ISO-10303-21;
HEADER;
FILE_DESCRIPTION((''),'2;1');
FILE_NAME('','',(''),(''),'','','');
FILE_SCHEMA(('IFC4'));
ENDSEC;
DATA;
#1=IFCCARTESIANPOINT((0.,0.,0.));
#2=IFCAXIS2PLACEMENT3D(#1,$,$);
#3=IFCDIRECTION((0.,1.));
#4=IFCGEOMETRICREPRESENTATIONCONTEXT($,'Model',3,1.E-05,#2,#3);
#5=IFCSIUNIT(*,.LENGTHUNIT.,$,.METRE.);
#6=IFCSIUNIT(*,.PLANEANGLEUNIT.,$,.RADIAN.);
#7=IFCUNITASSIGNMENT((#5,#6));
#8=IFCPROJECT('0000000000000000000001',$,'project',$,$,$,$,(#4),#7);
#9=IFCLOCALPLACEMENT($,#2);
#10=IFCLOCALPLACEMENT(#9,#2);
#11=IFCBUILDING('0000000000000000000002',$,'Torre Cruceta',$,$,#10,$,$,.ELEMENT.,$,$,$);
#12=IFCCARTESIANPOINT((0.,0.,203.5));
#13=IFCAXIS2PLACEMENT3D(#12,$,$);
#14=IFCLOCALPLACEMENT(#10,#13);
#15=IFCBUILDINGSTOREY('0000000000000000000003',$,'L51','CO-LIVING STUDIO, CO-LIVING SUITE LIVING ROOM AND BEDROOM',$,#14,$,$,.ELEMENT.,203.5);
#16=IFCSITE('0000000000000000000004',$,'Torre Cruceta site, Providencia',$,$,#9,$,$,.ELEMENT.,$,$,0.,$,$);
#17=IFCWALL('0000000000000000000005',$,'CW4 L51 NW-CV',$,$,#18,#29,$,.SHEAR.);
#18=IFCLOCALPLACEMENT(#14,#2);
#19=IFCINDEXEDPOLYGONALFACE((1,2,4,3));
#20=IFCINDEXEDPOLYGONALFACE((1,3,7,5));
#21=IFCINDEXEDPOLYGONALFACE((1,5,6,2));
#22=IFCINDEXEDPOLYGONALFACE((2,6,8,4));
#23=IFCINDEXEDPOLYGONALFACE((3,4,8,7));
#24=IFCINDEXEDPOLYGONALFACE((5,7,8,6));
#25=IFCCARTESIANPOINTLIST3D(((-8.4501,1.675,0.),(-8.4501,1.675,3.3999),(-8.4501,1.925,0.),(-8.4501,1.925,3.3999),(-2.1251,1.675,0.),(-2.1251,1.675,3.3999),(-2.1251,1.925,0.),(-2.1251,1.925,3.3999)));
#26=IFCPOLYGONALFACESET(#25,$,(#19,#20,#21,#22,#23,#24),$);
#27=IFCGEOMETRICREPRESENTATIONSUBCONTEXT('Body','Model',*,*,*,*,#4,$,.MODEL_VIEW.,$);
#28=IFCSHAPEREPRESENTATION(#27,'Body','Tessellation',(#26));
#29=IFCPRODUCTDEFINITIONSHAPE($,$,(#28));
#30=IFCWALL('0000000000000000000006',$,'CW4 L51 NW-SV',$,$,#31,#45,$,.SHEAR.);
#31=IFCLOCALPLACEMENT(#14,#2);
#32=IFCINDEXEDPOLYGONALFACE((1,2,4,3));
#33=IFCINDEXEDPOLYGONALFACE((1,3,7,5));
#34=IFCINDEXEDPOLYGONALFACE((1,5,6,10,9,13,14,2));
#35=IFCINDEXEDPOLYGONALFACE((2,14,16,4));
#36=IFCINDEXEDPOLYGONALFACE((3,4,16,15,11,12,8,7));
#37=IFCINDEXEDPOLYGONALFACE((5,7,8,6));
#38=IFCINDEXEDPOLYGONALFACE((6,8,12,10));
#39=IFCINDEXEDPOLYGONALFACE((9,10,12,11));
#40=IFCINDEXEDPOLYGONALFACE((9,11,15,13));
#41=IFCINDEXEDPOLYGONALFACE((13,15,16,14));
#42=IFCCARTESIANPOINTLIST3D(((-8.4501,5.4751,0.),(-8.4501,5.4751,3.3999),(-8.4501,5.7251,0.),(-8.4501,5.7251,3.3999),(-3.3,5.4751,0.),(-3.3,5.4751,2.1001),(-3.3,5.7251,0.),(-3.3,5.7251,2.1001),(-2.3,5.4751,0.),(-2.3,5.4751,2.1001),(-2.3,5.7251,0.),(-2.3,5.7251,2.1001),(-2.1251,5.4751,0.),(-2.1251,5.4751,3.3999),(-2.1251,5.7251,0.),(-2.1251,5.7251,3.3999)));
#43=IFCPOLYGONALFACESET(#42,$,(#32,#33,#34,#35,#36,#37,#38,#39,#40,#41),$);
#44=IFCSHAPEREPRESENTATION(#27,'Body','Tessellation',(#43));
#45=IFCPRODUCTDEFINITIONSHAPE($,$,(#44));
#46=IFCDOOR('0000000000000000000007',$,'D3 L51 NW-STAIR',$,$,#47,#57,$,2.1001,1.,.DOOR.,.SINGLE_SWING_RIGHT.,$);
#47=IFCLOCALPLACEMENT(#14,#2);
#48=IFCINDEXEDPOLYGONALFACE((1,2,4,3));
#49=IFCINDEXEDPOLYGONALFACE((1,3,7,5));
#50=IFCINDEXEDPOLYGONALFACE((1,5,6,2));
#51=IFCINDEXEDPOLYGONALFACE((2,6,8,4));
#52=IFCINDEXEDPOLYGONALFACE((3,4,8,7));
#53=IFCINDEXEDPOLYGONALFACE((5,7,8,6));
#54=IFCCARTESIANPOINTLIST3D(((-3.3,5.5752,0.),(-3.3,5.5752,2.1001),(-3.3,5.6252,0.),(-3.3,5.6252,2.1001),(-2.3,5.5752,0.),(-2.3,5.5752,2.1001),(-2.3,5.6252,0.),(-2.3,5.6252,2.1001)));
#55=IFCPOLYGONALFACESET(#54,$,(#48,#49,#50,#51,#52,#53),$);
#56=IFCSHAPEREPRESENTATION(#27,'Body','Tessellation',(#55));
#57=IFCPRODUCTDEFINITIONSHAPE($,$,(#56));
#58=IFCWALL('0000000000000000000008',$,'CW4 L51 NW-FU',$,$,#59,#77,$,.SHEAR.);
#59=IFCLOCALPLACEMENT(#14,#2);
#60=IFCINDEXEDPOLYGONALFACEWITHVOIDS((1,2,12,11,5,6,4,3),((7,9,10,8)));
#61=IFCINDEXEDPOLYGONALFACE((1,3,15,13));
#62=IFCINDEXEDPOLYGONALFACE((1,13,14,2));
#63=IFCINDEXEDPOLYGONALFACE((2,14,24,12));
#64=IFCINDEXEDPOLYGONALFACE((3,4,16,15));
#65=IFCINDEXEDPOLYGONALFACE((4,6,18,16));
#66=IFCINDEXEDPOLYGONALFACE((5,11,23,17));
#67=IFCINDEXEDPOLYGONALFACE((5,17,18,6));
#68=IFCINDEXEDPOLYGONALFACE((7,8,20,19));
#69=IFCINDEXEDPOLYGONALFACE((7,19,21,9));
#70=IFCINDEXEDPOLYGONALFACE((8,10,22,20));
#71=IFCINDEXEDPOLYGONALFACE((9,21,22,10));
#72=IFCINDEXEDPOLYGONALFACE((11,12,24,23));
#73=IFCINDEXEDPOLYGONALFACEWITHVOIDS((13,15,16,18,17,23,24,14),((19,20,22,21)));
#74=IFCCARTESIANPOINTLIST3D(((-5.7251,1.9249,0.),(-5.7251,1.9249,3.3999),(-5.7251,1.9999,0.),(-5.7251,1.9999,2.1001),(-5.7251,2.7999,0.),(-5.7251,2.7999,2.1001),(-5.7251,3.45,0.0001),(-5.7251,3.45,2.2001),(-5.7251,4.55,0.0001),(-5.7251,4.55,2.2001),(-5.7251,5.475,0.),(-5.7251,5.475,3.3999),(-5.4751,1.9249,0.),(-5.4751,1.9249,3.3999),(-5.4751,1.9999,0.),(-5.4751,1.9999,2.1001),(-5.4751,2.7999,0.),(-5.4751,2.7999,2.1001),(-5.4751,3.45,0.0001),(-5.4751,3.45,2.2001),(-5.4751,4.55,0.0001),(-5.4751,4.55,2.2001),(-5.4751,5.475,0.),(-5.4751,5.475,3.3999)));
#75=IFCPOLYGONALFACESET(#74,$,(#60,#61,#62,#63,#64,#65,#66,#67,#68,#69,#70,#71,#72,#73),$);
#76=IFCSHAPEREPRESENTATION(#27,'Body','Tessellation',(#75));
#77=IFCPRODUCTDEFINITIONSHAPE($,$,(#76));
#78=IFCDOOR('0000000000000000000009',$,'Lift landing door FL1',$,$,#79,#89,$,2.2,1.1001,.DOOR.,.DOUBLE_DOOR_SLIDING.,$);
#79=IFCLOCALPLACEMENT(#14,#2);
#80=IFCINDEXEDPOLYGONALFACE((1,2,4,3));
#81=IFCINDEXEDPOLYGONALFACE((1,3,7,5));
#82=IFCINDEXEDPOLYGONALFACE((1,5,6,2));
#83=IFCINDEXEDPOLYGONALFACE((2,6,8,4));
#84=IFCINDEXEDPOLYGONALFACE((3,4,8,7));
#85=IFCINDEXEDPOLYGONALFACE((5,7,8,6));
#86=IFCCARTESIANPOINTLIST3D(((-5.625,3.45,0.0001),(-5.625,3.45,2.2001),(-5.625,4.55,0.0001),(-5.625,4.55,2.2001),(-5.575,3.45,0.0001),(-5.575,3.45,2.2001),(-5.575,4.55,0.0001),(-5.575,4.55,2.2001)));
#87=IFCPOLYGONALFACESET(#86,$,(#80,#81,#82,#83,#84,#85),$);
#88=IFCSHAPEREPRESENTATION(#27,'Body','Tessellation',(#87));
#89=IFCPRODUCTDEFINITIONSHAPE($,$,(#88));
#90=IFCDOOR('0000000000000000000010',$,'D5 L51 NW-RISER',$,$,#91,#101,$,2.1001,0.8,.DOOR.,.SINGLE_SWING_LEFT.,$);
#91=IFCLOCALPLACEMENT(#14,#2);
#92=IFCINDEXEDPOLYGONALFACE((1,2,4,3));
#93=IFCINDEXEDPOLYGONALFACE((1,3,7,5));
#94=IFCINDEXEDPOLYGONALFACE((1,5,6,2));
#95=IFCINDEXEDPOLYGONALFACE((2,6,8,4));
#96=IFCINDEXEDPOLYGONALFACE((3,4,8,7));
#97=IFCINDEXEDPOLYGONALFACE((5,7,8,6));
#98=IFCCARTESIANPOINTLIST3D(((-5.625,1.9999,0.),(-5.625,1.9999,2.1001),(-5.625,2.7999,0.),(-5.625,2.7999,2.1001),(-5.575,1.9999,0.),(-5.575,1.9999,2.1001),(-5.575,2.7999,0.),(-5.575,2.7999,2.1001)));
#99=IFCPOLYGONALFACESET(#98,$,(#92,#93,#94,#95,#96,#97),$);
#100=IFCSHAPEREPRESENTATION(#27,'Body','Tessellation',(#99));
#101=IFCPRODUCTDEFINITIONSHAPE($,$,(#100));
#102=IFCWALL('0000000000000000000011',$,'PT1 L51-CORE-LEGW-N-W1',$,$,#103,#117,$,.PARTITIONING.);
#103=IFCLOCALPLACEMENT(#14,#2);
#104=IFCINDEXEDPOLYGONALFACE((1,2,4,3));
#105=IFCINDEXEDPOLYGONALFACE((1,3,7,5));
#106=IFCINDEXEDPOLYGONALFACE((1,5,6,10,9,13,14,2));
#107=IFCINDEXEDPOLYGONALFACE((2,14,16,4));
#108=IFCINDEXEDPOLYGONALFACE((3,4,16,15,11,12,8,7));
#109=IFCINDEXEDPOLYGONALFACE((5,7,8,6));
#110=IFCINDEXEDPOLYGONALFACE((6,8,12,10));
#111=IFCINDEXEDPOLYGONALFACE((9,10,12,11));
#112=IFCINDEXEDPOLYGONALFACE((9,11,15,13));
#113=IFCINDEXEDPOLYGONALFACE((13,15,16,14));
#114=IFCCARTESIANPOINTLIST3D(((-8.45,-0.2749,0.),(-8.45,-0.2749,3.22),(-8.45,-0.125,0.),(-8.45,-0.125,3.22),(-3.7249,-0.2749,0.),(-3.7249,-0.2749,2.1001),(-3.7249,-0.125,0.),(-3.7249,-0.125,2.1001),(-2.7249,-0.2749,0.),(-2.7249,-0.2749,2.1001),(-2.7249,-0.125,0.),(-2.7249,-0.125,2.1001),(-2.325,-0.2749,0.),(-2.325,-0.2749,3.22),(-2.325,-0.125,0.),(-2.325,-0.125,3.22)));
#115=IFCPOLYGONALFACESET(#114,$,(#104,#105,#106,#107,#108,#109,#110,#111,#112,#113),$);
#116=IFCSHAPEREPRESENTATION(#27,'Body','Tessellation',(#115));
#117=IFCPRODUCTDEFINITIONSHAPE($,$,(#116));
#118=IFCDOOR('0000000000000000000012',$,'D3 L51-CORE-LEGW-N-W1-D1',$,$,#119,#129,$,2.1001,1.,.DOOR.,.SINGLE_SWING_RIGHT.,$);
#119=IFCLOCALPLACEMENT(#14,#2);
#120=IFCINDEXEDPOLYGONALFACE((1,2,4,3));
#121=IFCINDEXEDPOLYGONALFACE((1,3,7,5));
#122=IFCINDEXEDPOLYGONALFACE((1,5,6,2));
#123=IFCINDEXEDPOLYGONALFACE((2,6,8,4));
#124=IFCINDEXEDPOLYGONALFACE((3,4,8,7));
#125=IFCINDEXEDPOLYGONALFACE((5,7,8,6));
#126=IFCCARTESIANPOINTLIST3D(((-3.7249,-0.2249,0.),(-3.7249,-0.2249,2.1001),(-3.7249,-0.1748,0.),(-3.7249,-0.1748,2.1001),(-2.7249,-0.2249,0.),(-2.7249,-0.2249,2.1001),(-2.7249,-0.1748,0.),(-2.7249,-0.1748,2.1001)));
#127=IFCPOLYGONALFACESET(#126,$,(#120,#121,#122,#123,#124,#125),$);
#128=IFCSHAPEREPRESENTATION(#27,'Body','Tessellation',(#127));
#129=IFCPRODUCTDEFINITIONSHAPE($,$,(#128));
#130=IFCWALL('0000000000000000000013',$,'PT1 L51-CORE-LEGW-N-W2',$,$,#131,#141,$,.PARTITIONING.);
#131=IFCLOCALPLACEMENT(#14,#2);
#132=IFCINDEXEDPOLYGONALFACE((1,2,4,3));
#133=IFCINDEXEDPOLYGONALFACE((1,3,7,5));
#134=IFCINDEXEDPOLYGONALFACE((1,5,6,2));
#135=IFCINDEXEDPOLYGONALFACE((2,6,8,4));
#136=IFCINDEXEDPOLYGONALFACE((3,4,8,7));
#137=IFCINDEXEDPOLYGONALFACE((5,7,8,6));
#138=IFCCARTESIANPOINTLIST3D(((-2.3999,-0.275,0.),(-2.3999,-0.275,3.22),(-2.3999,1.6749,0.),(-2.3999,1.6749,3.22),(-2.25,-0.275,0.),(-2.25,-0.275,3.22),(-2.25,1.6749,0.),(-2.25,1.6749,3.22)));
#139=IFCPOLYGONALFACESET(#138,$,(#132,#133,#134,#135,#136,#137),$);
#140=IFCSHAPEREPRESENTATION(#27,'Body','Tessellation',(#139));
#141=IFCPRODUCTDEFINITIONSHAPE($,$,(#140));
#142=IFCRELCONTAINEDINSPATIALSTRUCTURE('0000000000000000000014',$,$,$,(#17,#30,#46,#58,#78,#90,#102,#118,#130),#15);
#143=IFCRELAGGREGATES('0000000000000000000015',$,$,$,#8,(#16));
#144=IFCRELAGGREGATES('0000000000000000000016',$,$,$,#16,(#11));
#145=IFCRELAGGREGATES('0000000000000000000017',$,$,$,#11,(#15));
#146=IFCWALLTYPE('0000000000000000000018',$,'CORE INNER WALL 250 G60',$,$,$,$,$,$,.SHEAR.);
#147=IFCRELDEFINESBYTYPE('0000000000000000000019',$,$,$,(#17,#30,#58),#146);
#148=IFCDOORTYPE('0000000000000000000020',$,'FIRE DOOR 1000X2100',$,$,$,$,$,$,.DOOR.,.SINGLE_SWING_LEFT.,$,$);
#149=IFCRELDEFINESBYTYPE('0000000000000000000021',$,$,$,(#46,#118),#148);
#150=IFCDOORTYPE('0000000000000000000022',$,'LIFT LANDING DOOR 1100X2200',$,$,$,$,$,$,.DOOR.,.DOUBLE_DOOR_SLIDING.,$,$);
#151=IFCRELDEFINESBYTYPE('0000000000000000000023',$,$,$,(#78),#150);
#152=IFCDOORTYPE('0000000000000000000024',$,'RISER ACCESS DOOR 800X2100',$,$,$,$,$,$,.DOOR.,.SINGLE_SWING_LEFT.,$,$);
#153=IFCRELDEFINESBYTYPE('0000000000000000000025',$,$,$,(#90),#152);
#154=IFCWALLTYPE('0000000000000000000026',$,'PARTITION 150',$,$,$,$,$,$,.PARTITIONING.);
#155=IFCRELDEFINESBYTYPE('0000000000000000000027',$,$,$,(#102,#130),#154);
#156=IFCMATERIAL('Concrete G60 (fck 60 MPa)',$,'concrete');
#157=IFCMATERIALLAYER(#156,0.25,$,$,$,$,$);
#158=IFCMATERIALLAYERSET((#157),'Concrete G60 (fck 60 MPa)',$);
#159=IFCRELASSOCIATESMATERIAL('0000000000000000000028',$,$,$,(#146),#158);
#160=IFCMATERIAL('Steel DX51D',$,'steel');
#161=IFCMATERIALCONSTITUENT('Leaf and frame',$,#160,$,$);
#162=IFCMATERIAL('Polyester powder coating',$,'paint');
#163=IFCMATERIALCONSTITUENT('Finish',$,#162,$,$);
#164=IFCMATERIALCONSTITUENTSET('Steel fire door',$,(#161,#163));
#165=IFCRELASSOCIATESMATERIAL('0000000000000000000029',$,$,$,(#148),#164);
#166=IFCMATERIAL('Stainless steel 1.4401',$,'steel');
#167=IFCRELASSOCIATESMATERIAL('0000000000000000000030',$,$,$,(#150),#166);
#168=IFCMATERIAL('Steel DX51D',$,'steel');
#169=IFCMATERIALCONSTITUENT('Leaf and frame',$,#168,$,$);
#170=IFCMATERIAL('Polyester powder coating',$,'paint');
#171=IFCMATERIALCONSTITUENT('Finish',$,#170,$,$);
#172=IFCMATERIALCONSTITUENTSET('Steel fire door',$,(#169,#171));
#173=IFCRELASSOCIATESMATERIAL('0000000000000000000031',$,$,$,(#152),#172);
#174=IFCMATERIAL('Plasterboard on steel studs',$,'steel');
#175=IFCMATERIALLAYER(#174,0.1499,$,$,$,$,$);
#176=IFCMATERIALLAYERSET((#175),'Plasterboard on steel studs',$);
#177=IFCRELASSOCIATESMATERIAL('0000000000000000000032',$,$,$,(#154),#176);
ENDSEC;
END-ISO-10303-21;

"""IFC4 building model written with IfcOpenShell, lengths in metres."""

from ifc_helpers import new_model, si_unit, direction, frame, frame_2d, origin, place, context, subcontext, project, spatial, rectangle, extrude, material, layer, layer_set, constituent, constituent_set, type_object, element, fill, save


model = new_model("IFC4")

# Units and contexts
model_context = context("Model", 3, precision=1e-05, world=origin(), true_north=direction((0.0, 1.0)))
body_context = subcontext(model_context, "Body", "Model", "MODEL_VIEW")
ifc_project = project(units=[si_unit("LENGTHUNIT", "METRE"), si_unit("PLANEANGLEUNIT", "RADIAN")], contexts=[model_context])

# Site, building, storey
site_placement = place(None, origin())
site = spatial("IfcSite", under=ifc_project, at=site_placement, Name="Torre Cruceta site, Providencia", CompositionType="ELEMENT", RefElevation=0.0)
building_placement = place(site_placement, origin())
building = spatial("IfcBuilding", under=site, at=building_placement, Name="Torre Cruceta", CompositionType="ELEMENT")
storey_placement = place(building_placement, frame((0.0, 0.0, 203.5)))
storey = spatial("IfcBuildingStorey", under=building, at=storey_placement, Name="L51", Description="CO-LIVING STUDIO, CO-LIVING SUITE LIVING ROOM AND BEDROOM", CompositionType="ELEMENT", Elevation=203.5)

# Shared definitions
ifc_material_1 = material(Name="Concrete G60 (fck 60 MPa)", Category="concrete")
ifc_layer_1 = layer(ifc_material_1, 0.25)
ifc_layer_set_1 = layer_set([ifc_layer_1], Name="Concrete G60 (fck 60 MPa)")
wall_type_1 = type_object("IfcWallType", Name="CORE INNER WALL 250 G60", PredefinedType="SHEAR", material=ifc_layer_set_1)
ifc_material_2 = material(Name="Steel DX51D", Category="steel")
ifc_constituent_1 = constituent(ifc_material_2, Name="Leaf and frame")
ifc_material_3 = material(Name="Polyester powder coating", Category="paint")
ifc_constituent_2 = constituent(ifc_material_3, Name="Finish")
ifc_constituent_set_1 = constituent_set(constituents=[ifc_constituent_1, ifc_constituent_2], Name="Steel fire door")
door_type_1 = type_object("IfcDoorType", Name="FIRE DOOR 1000X2100", OperationType="SINGLE_SWING_LEFT", PredefinedType="DOOR", material=ifc_constituent_set_1)

# Wall
wall_1_placement = place(storey_placement, frame((-2.125, 1.8, 0.0), z_axis=(0.0, 0.0, 1.0), x_axis=(-1.0, 0.0, 0.0)))
element("IfcWall", 1, at=wall_1_placement, inside=storey, type_object=wall_type_1, Name="CW4 L51 NW-CV", PredefinedType="SHEAR", context=body_context, shape_type="SweptSolid", body=[
    extrude(rectangle(XDim=6.325, YDim=0.25, at=frame_2d((3.1626, 0.0))), origin(), (0.0, 0.0, 1.0), 3.3999),
])

# Wall, opening, door
wall_2_placement = place(storey_placement, frame((-2.125, 5.6001, 0.0), z_axis=(0.0, 0.0, 1.0), x_axis=(-1.0, 0.0, 0.0)))
wall_2 = element("IfcWall", 2, at=wall_2_placement, inside=storey, type_object=wall_type_1, Name="CW4 L51 NW-SV", PredefinedType="SHEAR", context=body_context, shape_type="SweptSolid", body=[
    extrude(rectangle(XDim=6.325, YDim=0.25, at=frame_2d((3.1626, 0.0))), origin(), (0.0, 0.0, 1.0), 3.3999),
])
opening_1_placement = place(wall_2_placement, frame((0.175, 0.0, 0.0)))
opening_1 = element("IfcOpeningElement", 3, at=opening_1_placement, cuts=wall_2, PredefinedType="OPENING", context=body_context, shape_type="SweptSolid", body=[
    extrude(rectangle(XDim=1.0, YDim=2.1001, at=frame_2d((0.5, 1.05))), frame((0.0, 0.135, 0.0), z_axis=(0.0, -1.0, 0.0), x_axis=(1.0, 0.0, 0.0)), (0.0, 0.0, 1.0), 0.27),
])
door_1_placement = place(opening_1_placement, frame((1.0, 0.0, 0.0), z_axis=(0.0, 0.0, 1.0), x_axis=(-1.0, 0.0, 0.0)))
door_1 = element("IfcDoor", 4, at=door_1_placement, inside=storey, type_object=door_type_1, Name="D3 L51 NW-STAIR", OperationType="SINGLE_SWING_RIGHT", OverallHeight=2.1001, OverallWidth=1.0, PredefinedType="DOOR", context=body_context, shape_type="SweptSolid", body=[
    extrude(rectangle(XDim=1.0, YDim=2.1001, at=frame_2d((0.5, 1.05))), frame((0.0, 0.0251, 0.0), z_axis=(0.0, -1.0, 0.0), x_axis=(1.0, 0.0, 0.0)), (0.0, 0.0, 1.0), 0.05),
])
fill(opening_1, door_1)

# Wall, openings, doors
wall_3_placement = place(storey_placement, frame((-5.6001, 1.925, 0.0), z_axis=(0.0, 0.0, 1.0), x_axis=(0.0, 1.0, 0.0)))
wall_3 = element("IfcWall", 5, at=wall_3_placement, inside=storey, type_object=wall_type_1, Name="CW4 L51 NW-FU", PredefinedType="SHEAR", context=body_context, shape_type="SweptSolid", body=[
    extrude(rectangle(XDim=3.55, YDim=0.25, at=frame_2d((1.7749, 0.0))), origin(), (0.0, 0.0, 1.0), 3.3999),
])
opening_2_placement = place(wall_3_placement, frame((1.5249, 0.0, 0.0)))
opening_2 = element("IfcOpeningElement", 6, at=opening_2_placement, cuts=wall_3, PredefinedType="OPENING", context=body_context, shape_type="SweptSolid", body=[
    extrude(rectangle(XDim=1.1001, YDim=2.2, at=frame_2d((0.55, 1.1001))), frame((0.0, 0.135, 0.0), z_axis=(0.0, -1.0, 0.0), x_axis=(1.0, 0.0, 0.0)), (0.0, 0.0, 1.0), 0.27),
])
opening_3_placement = place(wall_3_placement, frame((0.075, 0.0, 0.0)))
opening_3 = element("IfcOpeningElement", 7, at=opening_3_placement, cuts=wall_3, PredefinedType="OPENING", context=body_context, shape_type="SweptSolid", body=[
    extrude(rectangle(XDim=0.8, YDim=2.1001, at=frame_2d((0.3999, 1.05))), frame((0.0, 0.135, 0.0), z_axis=(0.0, -1.0, 0.0), x_axis=(1.0, 0.0, 0.0)), (0.0, 0.0, 1.0), 0.27),
])
ifc_material_4 = material(Name="Stainless steel 1.4401", Category="steel")
door_type_2 = type_object("IfcDoorType", Name="LIFT LANDING DOOR 1100X2200", OperationType="DOUBLE_DOOR_SLIDING", PredefinedType="DOOR", material=ifc_material_4)
door_2_placement = place(opening_2_placement, origin())
door_2 = element("IfcDoor", 8, at=door_2_placement, inside=storey, type_object=door_type_2, Name="Lift landing door FL1", OperationType="DOUBLE_DOOR_SLIDING", OverallHeight=2.2, OverallWidth=1.1001, PredefinedType="DOOR", context=body_context, shape_type="SweptSolid", body=[
    extrude(rectangle(XDim=1.1001, YDim=2.2, at=frame_2d((0.55, 1.1001))), frame((0.0, 0.0249, 0.0), z_axis=(0.0, -1.0, 0.0), x_axis=(1.0, 0.0, 0.0)), (0.0, 0.0, 1.0), 0.05),
])
fill(opening_2, door_2)
ifc_material_5 = material(Name="Steel DX51D", Category="steel")
ifc_constituent_3 = constituent(ifc_material_5, Name="Leaf and frame")
ifc_material_6 = material(Name="Polyester powder coating", Category="paint")
ifc_constituent_4 = constituent(ifc_material_6, Name="Finish")
ifc_constituent_set_2 = constituent_set(constituents=[ifc_constituent_3, ifc_constituent_4], Name="Steel fire door")
door_type_3 = type_object("IfcDoorType", Name="RISER ACCESS DOOR 800X2100", OperationType="SINGLE_SWING_LEFT", PredefinedType="DOOR", material=ifc_constituent_set_2)
door_3_placement = place(opening_3_placement, origin())
door_3 = element("IfcDoor", 9, at=door_3_placement, inside=storey, type_object=door_type_3, Name="D5 L51 NW-RISER", OperationType="SINGLE_SWING_LEFT", OverallHeight=2.1001, OverallWidth=0.8, PredefinedType="DOOR", context=body_context, shape_type="SweptSolid", body=[
    extrude(rectangle(XDim=0.8, YDim=2.1001, at=frame_2d((0.3999, 1.05))), frame((0.0, 0.0249, 0.0), z_axis=(0.0, -1.0, 0.0), x_axis=(1.0, 0.0, 0.0)), (0.0, 0.0, 1.0), 0.05),
])
fill(opening_3, door_3)

# Wall, opening, door
ifc_material_7 = material(Name="Plasterboard on steel studs", Category="steel")
ifc_layer_2 = layer(ifc_material_7, 0.1499)
ifc_layer_set_2 = layer_set([ifc_layer_2], Name="Plasterboard on steel studs")
wall_type_2 = type_object("IfcWallType", Name="PARTITION 150", PredefinedType="PARTITIONING", material=ifc_layer_set_2)
wall_4_placement = place(storey_placement, frame((-2.325, -0.2, 0.0), z_axis=(0.0, 0.0, 1.0), x_axis=(-1.0, 0.0, 0.0)))
wall_4 = element("IfcWall", 10, at=wall_4_placement, inside=storey, type_object=wall_type_2, Name="PT1 L51-CORE-LEGW-N-W1", PredefinedType="PARTITIONING", context=body_context, shape_type="SweptSolid", body=[
    extrude(rectangle(XDim=6.125, YDim=0.1499, at=frame_2d((3.0625, 0.0))), origin(), (0.0, 0.0, 1.0), 3.22),
])
opening_4_placement = place(wall_4_placement, frame((0.3999, 0.0, 0.0)))
opening_4 = element("IfcOpeningElement", 11, at=opening_4_placement, cuts=wall_4, PredefinedType="OPENING", context=body_context, shape_type="SweptSolid", body=[
    extrude(rectangle(XDim=1.0, YDim=2.1001, at=frame_2d((0.5, 1.05))), frame((0.0, 0.085, 0.0), z_axis=(0.0, -1.0, 0.0), x_axis=(1.0, 0.0, 0.0)), (0.0, 0.0, 1.0), 0.1699),
])
door_4_placement = place(opening_4_placement, frame((1.0, 0.0, 0.0), z_axis=(0.0, 0.0, 1.0), x_axis=(-1.0, 0.0, 0.0)))
door_4 = element("IfcDoor", 12, at=door_4_placement, inside=storey, type_object=door_type_1, Name="D3 L51-CORE-LEGW-N-W1-D1", OperationType="SINGLE_SWING_RIGHT", OverallHeight=2.1001, OverallWidth=1.0, PredefinedType="DOOR", context=body_context, shape_type="SweptSolid", body=[
    extrude(rectangle(XDim=1.0, YDim=2.1001, at=frame_2d((0.5, 1.05))), frame((0.0, 0.0251, 0.0), z_axis=(0.0, -1.0, 0.0), x_axis=(1.0, 0.0, 0.0)), (0.0, 0.0, 1.0), 0.05),
])
fill(opening_4, door_4)

# Wall
wall_5_placement = place(storey_placement, frame((-2.325, 1.675, 0.0), z_axis=(0.0, 0.0, 1.0), x_axis=(0.0, -1.0, 0.0)))
element("IfcWall", 13, at=wall_5_placement, inside=storey, type_object=wall_type_2, Name="PT1 L51-CORE-LEGW-N-W2", PredefinedType="PARTITIONING", context=body_context, shape_type="SweptSolid", body=[
    extrude(rectangle(XDim=1.95, YDim=0.1499, at=frame_2d((0.9751, 0.0))), origin(), (0.0, 0.0, 1.0), 3.22),
])

save(model, "model.ifc")
